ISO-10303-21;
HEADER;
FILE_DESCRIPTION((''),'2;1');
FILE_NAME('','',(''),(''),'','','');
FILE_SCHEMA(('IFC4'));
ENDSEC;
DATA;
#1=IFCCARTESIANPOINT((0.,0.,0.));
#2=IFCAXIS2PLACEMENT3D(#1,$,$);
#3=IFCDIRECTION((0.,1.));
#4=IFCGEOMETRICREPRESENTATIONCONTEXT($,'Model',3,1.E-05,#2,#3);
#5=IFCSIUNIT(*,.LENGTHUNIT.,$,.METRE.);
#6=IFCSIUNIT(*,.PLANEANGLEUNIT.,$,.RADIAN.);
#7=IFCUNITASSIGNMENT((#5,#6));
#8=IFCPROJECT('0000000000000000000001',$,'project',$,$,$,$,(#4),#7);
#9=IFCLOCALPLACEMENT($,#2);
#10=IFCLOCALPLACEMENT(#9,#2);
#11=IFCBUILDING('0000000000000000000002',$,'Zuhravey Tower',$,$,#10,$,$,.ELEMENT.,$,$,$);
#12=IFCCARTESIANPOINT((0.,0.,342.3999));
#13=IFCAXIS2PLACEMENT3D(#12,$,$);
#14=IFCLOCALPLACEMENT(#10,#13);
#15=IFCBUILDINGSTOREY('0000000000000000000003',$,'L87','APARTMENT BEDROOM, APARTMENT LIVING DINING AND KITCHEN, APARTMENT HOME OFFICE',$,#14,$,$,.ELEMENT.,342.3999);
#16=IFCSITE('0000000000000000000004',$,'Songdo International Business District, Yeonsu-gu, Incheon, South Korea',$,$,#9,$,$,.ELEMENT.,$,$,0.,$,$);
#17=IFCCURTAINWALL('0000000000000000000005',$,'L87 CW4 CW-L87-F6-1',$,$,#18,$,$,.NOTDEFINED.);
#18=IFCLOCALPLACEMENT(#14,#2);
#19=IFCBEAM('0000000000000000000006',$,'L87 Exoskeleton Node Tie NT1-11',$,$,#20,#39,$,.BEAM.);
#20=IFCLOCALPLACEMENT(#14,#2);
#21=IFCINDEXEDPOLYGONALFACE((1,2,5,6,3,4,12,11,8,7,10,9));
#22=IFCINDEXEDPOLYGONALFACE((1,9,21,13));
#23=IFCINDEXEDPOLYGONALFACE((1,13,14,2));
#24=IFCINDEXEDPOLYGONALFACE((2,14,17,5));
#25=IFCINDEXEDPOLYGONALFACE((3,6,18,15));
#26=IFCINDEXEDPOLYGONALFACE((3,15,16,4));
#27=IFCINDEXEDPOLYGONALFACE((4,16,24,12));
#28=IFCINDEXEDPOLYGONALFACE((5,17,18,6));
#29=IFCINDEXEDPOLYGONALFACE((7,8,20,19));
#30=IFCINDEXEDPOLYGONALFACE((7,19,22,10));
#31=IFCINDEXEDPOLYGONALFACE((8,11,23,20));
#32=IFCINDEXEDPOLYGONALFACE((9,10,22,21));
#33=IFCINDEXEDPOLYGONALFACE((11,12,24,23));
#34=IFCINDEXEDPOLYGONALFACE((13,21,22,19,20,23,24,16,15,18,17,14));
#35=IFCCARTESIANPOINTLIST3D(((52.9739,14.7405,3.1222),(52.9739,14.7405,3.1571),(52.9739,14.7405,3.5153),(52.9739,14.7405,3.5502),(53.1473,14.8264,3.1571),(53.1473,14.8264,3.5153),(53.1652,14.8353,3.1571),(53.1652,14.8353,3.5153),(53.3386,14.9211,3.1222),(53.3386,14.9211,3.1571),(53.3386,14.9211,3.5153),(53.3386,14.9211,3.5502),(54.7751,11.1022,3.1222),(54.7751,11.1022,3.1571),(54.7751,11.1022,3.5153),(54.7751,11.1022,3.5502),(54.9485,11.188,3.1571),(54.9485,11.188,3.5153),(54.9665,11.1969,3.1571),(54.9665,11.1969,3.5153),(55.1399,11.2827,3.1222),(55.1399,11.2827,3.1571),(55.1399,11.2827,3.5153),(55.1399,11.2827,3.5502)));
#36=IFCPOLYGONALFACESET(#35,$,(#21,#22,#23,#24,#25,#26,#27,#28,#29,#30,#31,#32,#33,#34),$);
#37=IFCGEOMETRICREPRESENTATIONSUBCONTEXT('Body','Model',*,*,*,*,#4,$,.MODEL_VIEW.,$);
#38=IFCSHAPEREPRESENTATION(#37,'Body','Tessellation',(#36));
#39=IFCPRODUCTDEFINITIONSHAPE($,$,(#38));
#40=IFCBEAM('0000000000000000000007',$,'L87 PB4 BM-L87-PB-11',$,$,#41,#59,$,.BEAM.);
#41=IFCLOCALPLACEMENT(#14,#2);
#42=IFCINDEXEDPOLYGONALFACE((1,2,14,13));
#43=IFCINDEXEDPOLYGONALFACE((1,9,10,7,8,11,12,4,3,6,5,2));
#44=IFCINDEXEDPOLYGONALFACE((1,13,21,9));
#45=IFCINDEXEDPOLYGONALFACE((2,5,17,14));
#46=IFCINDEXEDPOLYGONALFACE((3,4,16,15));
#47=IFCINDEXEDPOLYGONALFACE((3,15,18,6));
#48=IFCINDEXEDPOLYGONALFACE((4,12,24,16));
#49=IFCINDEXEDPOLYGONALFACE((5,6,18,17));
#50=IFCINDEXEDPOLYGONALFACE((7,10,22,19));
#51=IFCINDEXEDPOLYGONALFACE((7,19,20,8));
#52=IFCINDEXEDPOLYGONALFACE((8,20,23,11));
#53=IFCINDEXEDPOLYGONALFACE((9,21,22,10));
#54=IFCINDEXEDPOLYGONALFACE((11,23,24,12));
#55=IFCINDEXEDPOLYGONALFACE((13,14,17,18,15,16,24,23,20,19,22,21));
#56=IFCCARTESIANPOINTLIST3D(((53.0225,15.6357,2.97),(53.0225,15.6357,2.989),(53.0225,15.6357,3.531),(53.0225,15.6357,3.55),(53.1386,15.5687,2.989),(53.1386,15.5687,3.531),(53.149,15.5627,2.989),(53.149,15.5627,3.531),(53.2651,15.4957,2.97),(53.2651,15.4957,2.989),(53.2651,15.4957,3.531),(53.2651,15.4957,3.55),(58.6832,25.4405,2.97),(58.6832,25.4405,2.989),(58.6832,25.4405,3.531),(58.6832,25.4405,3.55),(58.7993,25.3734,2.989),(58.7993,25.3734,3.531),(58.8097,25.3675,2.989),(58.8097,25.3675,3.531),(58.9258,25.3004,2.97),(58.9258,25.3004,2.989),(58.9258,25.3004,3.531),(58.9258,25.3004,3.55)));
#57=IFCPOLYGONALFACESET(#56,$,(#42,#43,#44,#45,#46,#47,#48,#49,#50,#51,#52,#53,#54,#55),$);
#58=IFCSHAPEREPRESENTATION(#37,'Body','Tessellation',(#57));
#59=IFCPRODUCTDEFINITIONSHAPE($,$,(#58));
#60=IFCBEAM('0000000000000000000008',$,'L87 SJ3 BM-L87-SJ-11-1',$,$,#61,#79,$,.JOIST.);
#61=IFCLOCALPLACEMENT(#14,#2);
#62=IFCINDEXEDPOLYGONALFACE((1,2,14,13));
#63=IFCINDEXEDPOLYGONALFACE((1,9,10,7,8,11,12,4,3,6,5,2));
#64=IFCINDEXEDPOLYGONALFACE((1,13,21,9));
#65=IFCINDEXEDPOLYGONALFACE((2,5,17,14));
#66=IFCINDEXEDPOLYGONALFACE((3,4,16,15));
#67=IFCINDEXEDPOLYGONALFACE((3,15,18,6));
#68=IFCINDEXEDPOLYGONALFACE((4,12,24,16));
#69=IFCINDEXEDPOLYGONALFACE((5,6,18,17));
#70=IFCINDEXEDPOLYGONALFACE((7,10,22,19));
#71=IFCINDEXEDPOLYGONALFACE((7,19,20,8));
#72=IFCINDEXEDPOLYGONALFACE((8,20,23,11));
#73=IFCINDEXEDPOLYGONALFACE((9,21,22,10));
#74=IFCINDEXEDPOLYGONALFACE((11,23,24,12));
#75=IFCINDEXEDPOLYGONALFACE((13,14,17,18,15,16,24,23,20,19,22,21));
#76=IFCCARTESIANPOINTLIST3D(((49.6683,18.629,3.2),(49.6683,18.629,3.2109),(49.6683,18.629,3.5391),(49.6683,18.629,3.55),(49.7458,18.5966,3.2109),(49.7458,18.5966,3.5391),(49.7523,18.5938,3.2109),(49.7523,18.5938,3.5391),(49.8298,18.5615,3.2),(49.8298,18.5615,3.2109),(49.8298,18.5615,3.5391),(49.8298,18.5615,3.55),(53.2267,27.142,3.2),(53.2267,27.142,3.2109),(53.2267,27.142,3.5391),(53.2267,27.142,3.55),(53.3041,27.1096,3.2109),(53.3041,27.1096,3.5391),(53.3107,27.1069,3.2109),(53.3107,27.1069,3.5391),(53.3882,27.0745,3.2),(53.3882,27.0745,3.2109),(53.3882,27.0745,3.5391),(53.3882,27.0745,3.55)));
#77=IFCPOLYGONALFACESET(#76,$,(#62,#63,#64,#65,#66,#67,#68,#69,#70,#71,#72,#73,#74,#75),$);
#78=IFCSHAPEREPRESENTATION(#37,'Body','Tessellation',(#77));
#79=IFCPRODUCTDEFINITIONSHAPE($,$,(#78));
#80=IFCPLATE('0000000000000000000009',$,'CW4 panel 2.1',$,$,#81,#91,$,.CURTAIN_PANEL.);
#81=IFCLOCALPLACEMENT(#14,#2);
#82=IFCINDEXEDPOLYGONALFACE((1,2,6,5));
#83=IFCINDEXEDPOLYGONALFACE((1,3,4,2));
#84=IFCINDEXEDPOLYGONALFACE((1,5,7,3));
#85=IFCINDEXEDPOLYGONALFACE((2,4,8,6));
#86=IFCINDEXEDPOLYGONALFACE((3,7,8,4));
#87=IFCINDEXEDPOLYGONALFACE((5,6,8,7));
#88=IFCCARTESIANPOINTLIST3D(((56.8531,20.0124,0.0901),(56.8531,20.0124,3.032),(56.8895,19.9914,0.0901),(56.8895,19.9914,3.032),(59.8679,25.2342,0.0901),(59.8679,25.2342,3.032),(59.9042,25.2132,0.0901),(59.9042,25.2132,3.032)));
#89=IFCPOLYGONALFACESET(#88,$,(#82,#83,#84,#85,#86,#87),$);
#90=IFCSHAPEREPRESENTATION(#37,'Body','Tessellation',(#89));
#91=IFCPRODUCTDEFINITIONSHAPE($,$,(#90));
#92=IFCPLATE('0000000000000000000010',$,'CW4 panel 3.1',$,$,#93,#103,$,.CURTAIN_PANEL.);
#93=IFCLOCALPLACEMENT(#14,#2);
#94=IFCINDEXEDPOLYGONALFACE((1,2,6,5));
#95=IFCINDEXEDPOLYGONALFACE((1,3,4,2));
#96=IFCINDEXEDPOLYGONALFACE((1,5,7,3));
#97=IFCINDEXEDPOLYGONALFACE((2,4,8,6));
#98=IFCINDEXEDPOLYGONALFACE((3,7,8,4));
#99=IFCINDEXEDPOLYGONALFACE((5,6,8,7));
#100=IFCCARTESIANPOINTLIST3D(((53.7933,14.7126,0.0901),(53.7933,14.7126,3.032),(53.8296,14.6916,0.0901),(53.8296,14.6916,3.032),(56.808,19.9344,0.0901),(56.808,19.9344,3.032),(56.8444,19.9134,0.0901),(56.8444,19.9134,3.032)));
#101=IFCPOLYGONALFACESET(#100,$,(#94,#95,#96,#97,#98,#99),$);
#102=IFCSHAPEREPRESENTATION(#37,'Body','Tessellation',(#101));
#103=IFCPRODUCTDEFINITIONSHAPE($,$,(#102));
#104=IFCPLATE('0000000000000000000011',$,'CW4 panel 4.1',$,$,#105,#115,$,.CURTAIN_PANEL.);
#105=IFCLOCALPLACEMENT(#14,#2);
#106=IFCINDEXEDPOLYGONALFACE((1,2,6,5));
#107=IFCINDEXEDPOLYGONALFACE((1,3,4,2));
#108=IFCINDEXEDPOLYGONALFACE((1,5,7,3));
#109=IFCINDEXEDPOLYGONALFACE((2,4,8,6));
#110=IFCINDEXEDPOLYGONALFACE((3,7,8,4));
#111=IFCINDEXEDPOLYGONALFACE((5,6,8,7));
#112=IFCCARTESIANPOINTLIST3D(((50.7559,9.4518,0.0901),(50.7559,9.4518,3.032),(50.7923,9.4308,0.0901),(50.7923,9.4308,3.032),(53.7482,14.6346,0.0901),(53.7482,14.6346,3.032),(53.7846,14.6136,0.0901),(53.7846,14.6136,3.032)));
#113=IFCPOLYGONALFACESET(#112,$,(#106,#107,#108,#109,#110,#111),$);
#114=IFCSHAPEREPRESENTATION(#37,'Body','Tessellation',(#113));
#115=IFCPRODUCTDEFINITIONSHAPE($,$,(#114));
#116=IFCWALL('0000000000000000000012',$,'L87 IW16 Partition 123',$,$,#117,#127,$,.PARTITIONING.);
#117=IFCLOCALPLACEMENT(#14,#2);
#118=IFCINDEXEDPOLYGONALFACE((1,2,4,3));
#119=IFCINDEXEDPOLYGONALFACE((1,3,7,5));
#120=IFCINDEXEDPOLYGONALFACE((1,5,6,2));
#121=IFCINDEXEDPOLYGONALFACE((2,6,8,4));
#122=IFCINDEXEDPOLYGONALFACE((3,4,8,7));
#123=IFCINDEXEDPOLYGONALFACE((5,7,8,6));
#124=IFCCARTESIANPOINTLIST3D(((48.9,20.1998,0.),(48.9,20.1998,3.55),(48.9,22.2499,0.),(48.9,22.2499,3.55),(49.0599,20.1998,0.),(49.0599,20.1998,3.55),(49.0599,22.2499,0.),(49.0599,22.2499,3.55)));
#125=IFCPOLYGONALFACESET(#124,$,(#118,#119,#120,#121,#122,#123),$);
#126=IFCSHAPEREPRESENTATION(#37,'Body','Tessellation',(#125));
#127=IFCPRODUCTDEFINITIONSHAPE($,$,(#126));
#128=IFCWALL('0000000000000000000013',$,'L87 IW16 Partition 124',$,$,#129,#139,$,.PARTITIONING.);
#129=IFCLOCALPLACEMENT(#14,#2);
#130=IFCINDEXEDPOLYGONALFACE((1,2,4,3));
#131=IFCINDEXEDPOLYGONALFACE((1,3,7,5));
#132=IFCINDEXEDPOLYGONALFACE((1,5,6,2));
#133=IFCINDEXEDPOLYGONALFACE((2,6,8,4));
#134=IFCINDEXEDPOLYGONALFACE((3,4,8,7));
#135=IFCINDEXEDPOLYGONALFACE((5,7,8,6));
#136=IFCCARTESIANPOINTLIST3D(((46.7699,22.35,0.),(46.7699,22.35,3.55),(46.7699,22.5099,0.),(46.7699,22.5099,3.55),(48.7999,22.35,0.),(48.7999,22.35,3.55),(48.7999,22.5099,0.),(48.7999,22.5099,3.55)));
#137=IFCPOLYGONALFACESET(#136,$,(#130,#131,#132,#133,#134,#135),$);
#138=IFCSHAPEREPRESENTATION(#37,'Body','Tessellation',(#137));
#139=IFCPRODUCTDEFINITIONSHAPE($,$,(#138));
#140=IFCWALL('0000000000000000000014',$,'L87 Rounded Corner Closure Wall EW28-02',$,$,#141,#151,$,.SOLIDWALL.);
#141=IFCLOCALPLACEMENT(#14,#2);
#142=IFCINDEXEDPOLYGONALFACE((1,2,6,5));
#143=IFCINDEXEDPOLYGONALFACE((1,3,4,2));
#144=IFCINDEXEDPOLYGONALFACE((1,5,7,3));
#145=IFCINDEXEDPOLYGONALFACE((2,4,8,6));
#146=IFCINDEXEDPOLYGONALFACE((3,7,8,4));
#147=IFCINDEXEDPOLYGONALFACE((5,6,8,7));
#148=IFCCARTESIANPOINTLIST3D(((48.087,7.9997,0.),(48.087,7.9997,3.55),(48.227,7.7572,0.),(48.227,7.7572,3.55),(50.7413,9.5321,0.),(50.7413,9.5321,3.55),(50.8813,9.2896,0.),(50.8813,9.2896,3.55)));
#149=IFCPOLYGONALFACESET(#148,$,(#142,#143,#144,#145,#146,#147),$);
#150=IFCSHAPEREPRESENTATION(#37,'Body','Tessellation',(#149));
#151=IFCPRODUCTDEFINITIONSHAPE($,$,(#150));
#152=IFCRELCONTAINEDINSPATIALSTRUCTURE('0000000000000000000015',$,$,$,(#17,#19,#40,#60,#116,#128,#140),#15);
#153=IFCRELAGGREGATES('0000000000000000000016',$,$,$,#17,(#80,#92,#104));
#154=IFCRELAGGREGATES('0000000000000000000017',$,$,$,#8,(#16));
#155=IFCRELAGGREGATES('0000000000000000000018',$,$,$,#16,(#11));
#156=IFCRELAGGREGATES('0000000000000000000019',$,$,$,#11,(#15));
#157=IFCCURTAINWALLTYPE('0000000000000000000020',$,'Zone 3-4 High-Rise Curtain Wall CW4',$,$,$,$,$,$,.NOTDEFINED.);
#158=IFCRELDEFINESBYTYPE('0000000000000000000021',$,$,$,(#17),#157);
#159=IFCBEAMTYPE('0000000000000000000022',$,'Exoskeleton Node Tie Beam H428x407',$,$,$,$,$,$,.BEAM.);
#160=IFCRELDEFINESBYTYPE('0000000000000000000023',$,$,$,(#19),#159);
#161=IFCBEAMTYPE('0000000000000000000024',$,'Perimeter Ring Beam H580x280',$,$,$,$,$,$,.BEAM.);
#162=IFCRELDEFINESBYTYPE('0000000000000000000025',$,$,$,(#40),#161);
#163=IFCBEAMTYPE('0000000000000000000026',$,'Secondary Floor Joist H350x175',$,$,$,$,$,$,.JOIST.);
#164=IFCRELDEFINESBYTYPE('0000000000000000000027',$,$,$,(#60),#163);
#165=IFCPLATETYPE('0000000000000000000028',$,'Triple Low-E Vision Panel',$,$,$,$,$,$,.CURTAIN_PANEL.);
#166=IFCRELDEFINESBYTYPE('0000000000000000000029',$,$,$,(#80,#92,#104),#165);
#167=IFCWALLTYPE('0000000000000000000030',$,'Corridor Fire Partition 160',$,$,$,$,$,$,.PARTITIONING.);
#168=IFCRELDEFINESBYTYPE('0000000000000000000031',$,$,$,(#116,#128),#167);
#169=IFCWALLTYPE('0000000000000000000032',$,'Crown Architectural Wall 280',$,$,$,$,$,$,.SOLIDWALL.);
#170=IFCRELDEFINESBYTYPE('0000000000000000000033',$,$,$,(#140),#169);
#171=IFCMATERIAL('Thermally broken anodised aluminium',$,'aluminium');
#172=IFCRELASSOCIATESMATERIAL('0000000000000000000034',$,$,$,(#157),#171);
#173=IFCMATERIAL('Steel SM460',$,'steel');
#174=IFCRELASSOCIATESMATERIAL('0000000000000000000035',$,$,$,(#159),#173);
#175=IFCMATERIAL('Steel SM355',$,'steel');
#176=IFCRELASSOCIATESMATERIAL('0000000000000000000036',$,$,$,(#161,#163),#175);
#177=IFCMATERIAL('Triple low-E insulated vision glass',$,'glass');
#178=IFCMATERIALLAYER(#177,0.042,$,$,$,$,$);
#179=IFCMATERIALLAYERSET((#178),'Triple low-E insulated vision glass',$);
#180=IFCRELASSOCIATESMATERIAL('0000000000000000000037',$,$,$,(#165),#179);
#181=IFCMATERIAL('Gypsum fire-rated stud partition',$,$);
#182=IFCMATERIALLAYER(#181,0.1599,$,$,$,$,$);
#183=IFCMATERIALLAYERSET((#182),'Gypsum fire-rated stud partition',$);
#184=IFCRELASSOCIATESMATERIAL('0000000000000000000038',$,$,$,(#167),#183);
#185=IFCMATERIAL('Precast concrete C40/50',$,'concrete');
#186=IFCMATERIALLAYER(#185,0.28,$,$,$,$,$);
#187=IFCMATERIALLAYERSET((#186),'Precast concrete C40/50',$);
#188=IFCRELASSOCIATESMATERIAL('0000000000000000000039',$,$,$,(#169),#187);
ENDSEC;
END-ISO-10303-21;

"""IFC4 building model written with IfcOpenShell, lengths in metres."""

from ifc_helpers import new_model, si_unit, direction, frame, frame_2d, origin, origin_2d, place, context, subcontext, project, spatial, rectangle, i_section, extrude, material, layer, layer_set, material_profile, profile_set, type_object, element, aggregate, save


model = new_model("IFC4")

# Units and contexts
model_context = context("Model", 3, precision=1e-05, world=origin(), true_north=direction((0.0, 1.0)))
body_context = subcontext(model_context, "Body", "Model", "MODEL_VIEW")
ifc_project = project(units=[si_unit("LENGTHUNIT", "METRE"), si_unit("PLANEANGLEUNIT", "RADIAN")], contexts=[model_context])

# Site, building, storey
site_placement = place(None, origin())
site = spatial("IfcSite", under=ifc_project, at=site_placement, Name="Songdo International Business District, Yeonsu-gu, Incheon, South Korea", CompositionType="ELEMENT", RefElevation=0.0)
building_placement = place(site_placement, origin())
building = spatial("IfcBuilding", under=site, at=building_placement, Name="Zuhravey Tower", CompositionType="ELEMENT")
storey_placement = place(building_placement, frame((0.0, 0.0, 342.3999)))
storey = spatial("IfcBuildingStorey", under=building, at=storey_placement, Name="L87", Description="APARTMENT BEDROOM, APARTMENT LIVING DINING AND KITCHEN, APARTMENT HOME OFFICE", CompositionType="ELEMENT", Elevation=342.3999)

# Curtain wall
ifc_material_1 = material(Name="Thermally broken anodised aluminium", Category="aluminium")
curtain_wall_type = type_object("IfcCurtainWallType", Name="Zone 3-4 High-Rise Curtain Wall CW4", PredefinedType="NOTDEFINED", material=ifc_material_1)
curtain_wall_1_placement = place(storey_placement, origin())
curtain_wall_1 = element("IfcCurtainWall", 1, at=curtain_wall_1_placement, inside=storey, type_object=curtain_wall_type, Name="L87 CW4 CW-L87-F6-1", PredefinedType="NOTDEFINED")

# Beams
ifc_material_2 = material(Name="Steel SM460", Category="steel")
ifc_material_profile_1 = material_profile(ifc_material_2, i_section(OverallWidth=0.407, OverallDepth=0.428, WebThickness=0.02, FlangeThickness=0.0349, at=origin_2d()), Name="H-428x407x20x35")
ifc_profile_set_1 = profile_set([ifc_material_profile_1], Name="Steel SM460")
beam_type_1 = type_object("IfcBeamType", Name="Exoskeleton Node Tie Beam H428x407", PredefinedType="BEAM", material=ifc_profile_set_1)
beam_1_placement = place(storey_placement, frame((53.1562, 14.8308, 3.3362), z_axis=(0.443674, -0.896188, 0.0), x_axis=(0.896188, 0.443674, 0.0)))
element("IfcBeam", 2, at=beam_1_placement, inside=storey, type_object=beam_type_1, Name="L87 Exoskeleton Node Tie NT1-11", PredefinedType="BEAM", context=body_context, shape_type="SweptSolid", body=[
    extrude(i_section(OverallWidth=0.407, OverallDepth=0.428, WebThickness=0.02, FlangeThickness=0.0349, at=origin_2d()), origin(), (0.0, 0.0, 1.0), 4.0598),
])
ifc_material_3 = material(Name="Steel SM355", Category="steel")
ifc_material_profile_2 = material_profile(ifc_material_3, i_section(OverallWidth=0.28, OverallDepth=0.5801, WebThickness=0.012, FlangeThickness=0.019, at=origin_2d()), Name="H-580x280x12x19")
ifc_profile_set_2 = profile_set([ifc_material_profile_2], Name="Steel SM355")
beam_type_2 = type_object("IfcBeamType", Name="Perimeter Ring Beam H580x280", PredefinedType="BEAM", material=ifc_profile_set_2)
beam_2_placement = place(storey_placement, frame((53.1438, 15.5657, 3.26), z_axis=(0.499994, 0.866029, 0.0), x_axis=(-0.866029, 0.499994, 0.0)))
element("IfcBeam", 3, at=beam_2_placement, inside=storey, type_object=beam_type_2, Name="L87 PB4 BM-L87-PB-11", PredefinedType="BEAM", context=body_context, shape_type="SweptSolid", body=[
    extrude(i_section(OverallWidth=0.28, OverallDepth=0.5801, WebThickness=0.012, FlangeThickness=0.019, at=origin_2d()), origin(), (0.0, 0.0, 1.0), 11.3215),
])
ifc_material_profile_3 = material_profile(ifc_material_3, i_section(OverallWidth=0.175, OverallDepth=0.3501, WebThickness=0.0071, FlangeThickness=0.011, at=origin_2d()), Name="H-350x175x7x11")
ifc_profile_set_3 = profile_set([ifc_material_profile_3], Name="Steel SM355")
beam_type_3 = type_object("IfcBeamType", Name="Secondary Floor Joist H350x175", PredefinedType="JOIST", material=ifc_profile_set_3)
beam_3_placement = place(storey_placement, frame((49.749, 18.5952, 3.375), z_axis=(0.385658, 0.922642, 0.0), x_axis=(-0.922642, 0.385658, 0.0)))
element("IfcBeam", 4, at=beam_3_placement, inside=storey, type_object=beam_type_3, Name="L87 SJ3 BM-L87-SJ-11-1", PredefinedType="JOIST", context=body_context, shape_type="SweptSolid", body=[
    extrude(i_section(OverallWidth=0.175, OverallDepth=0.3501, WebThickness=0.0071, FlangeThickness=0.011, at=origin_2d()), origin(), (0.0, 0.0, 1.0), 9.2268),
])

# Plates
ifc_material_4 = material(Name="Triple low-E insulated vision glass", Category="glass")
ifc_layer_1 = layer(ifc_material_4, 0.042)
ifc_layer_set_1 = layer_set([ifc_layer_1], Name="Triple low-E insulated vision glass")
plate_type = type_object("IfcPlateType", Name="Triple Low-E Vision Panel", PredefinedType="CURTAIN_PANEL", material=ifc_layer_set_1)
plate_1_placement = place(storey_placement, frame((58.3787, 22.6128, 0.0901), z_axis=(0.0, 0.0, 1.0), x_axis=(-0.5, -0.866026, 0.0)))
plate_1 = element("IfcPlate", 5, at=plate_1_placement, type_object=plate_type, Name="CW4 panel 2.1", PredefinedType="CURTAIN_PANEL", context=body_context, shape_type="SweptSolid", body=[
    extrude(rectangle(XDim=6.0295, YDim=0.042, at=origin_2d()), origin(), (0.0, 0.0, 1.0), 2.9419),
])
plate_2_placement = place(storey_placement, frame((55.3188, 17.313, 0.0901), z_axis=(0.0, 0.0, 1.0), x_axis=(-0.5, -0.866026, 0.0)))
plate_2 = element("IfcPlate", 6, at=plate_2_placement, type_object=plate_type, Name="CW4 panel 3.1", PredefinedType="CURTAIN_PANEL", context=body_context, shape_type="SweptSolid", body=[
    extrude(rectangle(XDim=6.0295, YDim=0.042, at=origin_2d()), origin(), (0.0, 0.0, 1.0), 2.9419),
])
plate_3_placement = place(storey_placement, frame((52.2703, 12.0327, 0.0901), z_axis=(0.0, 0.0, 1.0), x_axis=(-0.5, -0.866026, 0.0)))
plate_3 = element("IfcPlate", 7, at=plate_3_placement, type_object=plate_type, Name="CW4 panel 4.1", PredefinedType="CURTAIN_PANEL", context=body_context, shape_type="SweptSolid", body=[
    extrude(rectangle(XDim=5.9846, YDim=0.042, at=origin_2d()), origin(), (0.0, 0.0, 1.0), 2.9419),
])
aggregate(curtain_wall_1, [plate_1, plate_2, plate_3])

# Walls
ifc_material_5 = material(Name="Gypsum fire-rated stud partition")
ifc_layer_2 = layer(ifc_material_5, 0.1599)
ifc_layer_set_2 = layer_set([ifc_layer_2], Name="Gypsum fire-rated stud partition")
wall_type_1 = type_object("IfcWallType", Name="Corridor Fire Partition 160", PredefinedType="PARTITIONING", material=ifc_layer_set_2)
wall_1_placement = place(storey_placement, frame((48.98, 20.2, 0.0), z_axis=(0.0, 0.0, 1.0), x_axis=(0.0, 1.0, 0.0)))
element("IfcWall", 8, at=wall_1_placement, inside=storey, type_object=wall_type_1, Name="L87 IW16 Partition 123", PredefinedType="PARTITIONING", context=body_context, shape_type="SweptSolid", body=[
    extrude(rectangle(XDim=2.05, YDim=0.1599, at=frame_2d((1.0249, 0.0))), origin(), (0.0, 0.0, 1.0), 3.55),
])
wall_2_placement = place(storey_placement, frame((48.8, 22.4299, 0.0), z_axis=(0.0, 0.0, 1.0), x_axis=(-1.0, 0.0, 0.0)))
element("IfcWall", 9, at=wall_2_placement, inside=storey, type_object=wall_type_1, Name="L87 IW16 Partition 124", PredefinedType="PARTITIONING", context=body_context, shape_type="SweptSolid", body=[
    extrude(rectangle(XDim=2.03, YDim=0.1599, at=frame_2d((1.0151, 0.0))), origin(), (0.0, 0.0, 1.0), 3.55),
])
ifc_material_6 = material(Name="Precast concrete C40/50", Category="concrete")
ifc_layer_3 = layer(ifc_material_6, 0.28)
ifc_layer_set_3 = layer_set([ifc_layer_3], Name="Precast concrete C40/50")
wall_type_2 = type_object("IfcWallType", Name="Crown Architectural Wall 280", PredefinedType="SOLIDWALL", material=ifc_layer_set_3)
wall_3_placement = place(storey_placement, frame((50.8113, 9.4109, 0.0), z_axis=(0.0, 0.0, 1.0), x_axis=(-0.866024, -0.500003, 0.0)))
element("IfcWall", 10, at=wall_3_placement, inside=storey, type_object=wall_type_2, Name="L87 Rounded Corner Closure Wall EW28-02", PredefinedType="SOLIDWALL", context=body_context, shape_type="SweptSolid", body=[
    extrude(rectangle(XDim=3.0649, YDim=0.28, at=frame_2d((1.5325, 0.0))), origin(), (0.0, 0.0, 1.0), 3.55),
])

save(model, "model.ifc")
